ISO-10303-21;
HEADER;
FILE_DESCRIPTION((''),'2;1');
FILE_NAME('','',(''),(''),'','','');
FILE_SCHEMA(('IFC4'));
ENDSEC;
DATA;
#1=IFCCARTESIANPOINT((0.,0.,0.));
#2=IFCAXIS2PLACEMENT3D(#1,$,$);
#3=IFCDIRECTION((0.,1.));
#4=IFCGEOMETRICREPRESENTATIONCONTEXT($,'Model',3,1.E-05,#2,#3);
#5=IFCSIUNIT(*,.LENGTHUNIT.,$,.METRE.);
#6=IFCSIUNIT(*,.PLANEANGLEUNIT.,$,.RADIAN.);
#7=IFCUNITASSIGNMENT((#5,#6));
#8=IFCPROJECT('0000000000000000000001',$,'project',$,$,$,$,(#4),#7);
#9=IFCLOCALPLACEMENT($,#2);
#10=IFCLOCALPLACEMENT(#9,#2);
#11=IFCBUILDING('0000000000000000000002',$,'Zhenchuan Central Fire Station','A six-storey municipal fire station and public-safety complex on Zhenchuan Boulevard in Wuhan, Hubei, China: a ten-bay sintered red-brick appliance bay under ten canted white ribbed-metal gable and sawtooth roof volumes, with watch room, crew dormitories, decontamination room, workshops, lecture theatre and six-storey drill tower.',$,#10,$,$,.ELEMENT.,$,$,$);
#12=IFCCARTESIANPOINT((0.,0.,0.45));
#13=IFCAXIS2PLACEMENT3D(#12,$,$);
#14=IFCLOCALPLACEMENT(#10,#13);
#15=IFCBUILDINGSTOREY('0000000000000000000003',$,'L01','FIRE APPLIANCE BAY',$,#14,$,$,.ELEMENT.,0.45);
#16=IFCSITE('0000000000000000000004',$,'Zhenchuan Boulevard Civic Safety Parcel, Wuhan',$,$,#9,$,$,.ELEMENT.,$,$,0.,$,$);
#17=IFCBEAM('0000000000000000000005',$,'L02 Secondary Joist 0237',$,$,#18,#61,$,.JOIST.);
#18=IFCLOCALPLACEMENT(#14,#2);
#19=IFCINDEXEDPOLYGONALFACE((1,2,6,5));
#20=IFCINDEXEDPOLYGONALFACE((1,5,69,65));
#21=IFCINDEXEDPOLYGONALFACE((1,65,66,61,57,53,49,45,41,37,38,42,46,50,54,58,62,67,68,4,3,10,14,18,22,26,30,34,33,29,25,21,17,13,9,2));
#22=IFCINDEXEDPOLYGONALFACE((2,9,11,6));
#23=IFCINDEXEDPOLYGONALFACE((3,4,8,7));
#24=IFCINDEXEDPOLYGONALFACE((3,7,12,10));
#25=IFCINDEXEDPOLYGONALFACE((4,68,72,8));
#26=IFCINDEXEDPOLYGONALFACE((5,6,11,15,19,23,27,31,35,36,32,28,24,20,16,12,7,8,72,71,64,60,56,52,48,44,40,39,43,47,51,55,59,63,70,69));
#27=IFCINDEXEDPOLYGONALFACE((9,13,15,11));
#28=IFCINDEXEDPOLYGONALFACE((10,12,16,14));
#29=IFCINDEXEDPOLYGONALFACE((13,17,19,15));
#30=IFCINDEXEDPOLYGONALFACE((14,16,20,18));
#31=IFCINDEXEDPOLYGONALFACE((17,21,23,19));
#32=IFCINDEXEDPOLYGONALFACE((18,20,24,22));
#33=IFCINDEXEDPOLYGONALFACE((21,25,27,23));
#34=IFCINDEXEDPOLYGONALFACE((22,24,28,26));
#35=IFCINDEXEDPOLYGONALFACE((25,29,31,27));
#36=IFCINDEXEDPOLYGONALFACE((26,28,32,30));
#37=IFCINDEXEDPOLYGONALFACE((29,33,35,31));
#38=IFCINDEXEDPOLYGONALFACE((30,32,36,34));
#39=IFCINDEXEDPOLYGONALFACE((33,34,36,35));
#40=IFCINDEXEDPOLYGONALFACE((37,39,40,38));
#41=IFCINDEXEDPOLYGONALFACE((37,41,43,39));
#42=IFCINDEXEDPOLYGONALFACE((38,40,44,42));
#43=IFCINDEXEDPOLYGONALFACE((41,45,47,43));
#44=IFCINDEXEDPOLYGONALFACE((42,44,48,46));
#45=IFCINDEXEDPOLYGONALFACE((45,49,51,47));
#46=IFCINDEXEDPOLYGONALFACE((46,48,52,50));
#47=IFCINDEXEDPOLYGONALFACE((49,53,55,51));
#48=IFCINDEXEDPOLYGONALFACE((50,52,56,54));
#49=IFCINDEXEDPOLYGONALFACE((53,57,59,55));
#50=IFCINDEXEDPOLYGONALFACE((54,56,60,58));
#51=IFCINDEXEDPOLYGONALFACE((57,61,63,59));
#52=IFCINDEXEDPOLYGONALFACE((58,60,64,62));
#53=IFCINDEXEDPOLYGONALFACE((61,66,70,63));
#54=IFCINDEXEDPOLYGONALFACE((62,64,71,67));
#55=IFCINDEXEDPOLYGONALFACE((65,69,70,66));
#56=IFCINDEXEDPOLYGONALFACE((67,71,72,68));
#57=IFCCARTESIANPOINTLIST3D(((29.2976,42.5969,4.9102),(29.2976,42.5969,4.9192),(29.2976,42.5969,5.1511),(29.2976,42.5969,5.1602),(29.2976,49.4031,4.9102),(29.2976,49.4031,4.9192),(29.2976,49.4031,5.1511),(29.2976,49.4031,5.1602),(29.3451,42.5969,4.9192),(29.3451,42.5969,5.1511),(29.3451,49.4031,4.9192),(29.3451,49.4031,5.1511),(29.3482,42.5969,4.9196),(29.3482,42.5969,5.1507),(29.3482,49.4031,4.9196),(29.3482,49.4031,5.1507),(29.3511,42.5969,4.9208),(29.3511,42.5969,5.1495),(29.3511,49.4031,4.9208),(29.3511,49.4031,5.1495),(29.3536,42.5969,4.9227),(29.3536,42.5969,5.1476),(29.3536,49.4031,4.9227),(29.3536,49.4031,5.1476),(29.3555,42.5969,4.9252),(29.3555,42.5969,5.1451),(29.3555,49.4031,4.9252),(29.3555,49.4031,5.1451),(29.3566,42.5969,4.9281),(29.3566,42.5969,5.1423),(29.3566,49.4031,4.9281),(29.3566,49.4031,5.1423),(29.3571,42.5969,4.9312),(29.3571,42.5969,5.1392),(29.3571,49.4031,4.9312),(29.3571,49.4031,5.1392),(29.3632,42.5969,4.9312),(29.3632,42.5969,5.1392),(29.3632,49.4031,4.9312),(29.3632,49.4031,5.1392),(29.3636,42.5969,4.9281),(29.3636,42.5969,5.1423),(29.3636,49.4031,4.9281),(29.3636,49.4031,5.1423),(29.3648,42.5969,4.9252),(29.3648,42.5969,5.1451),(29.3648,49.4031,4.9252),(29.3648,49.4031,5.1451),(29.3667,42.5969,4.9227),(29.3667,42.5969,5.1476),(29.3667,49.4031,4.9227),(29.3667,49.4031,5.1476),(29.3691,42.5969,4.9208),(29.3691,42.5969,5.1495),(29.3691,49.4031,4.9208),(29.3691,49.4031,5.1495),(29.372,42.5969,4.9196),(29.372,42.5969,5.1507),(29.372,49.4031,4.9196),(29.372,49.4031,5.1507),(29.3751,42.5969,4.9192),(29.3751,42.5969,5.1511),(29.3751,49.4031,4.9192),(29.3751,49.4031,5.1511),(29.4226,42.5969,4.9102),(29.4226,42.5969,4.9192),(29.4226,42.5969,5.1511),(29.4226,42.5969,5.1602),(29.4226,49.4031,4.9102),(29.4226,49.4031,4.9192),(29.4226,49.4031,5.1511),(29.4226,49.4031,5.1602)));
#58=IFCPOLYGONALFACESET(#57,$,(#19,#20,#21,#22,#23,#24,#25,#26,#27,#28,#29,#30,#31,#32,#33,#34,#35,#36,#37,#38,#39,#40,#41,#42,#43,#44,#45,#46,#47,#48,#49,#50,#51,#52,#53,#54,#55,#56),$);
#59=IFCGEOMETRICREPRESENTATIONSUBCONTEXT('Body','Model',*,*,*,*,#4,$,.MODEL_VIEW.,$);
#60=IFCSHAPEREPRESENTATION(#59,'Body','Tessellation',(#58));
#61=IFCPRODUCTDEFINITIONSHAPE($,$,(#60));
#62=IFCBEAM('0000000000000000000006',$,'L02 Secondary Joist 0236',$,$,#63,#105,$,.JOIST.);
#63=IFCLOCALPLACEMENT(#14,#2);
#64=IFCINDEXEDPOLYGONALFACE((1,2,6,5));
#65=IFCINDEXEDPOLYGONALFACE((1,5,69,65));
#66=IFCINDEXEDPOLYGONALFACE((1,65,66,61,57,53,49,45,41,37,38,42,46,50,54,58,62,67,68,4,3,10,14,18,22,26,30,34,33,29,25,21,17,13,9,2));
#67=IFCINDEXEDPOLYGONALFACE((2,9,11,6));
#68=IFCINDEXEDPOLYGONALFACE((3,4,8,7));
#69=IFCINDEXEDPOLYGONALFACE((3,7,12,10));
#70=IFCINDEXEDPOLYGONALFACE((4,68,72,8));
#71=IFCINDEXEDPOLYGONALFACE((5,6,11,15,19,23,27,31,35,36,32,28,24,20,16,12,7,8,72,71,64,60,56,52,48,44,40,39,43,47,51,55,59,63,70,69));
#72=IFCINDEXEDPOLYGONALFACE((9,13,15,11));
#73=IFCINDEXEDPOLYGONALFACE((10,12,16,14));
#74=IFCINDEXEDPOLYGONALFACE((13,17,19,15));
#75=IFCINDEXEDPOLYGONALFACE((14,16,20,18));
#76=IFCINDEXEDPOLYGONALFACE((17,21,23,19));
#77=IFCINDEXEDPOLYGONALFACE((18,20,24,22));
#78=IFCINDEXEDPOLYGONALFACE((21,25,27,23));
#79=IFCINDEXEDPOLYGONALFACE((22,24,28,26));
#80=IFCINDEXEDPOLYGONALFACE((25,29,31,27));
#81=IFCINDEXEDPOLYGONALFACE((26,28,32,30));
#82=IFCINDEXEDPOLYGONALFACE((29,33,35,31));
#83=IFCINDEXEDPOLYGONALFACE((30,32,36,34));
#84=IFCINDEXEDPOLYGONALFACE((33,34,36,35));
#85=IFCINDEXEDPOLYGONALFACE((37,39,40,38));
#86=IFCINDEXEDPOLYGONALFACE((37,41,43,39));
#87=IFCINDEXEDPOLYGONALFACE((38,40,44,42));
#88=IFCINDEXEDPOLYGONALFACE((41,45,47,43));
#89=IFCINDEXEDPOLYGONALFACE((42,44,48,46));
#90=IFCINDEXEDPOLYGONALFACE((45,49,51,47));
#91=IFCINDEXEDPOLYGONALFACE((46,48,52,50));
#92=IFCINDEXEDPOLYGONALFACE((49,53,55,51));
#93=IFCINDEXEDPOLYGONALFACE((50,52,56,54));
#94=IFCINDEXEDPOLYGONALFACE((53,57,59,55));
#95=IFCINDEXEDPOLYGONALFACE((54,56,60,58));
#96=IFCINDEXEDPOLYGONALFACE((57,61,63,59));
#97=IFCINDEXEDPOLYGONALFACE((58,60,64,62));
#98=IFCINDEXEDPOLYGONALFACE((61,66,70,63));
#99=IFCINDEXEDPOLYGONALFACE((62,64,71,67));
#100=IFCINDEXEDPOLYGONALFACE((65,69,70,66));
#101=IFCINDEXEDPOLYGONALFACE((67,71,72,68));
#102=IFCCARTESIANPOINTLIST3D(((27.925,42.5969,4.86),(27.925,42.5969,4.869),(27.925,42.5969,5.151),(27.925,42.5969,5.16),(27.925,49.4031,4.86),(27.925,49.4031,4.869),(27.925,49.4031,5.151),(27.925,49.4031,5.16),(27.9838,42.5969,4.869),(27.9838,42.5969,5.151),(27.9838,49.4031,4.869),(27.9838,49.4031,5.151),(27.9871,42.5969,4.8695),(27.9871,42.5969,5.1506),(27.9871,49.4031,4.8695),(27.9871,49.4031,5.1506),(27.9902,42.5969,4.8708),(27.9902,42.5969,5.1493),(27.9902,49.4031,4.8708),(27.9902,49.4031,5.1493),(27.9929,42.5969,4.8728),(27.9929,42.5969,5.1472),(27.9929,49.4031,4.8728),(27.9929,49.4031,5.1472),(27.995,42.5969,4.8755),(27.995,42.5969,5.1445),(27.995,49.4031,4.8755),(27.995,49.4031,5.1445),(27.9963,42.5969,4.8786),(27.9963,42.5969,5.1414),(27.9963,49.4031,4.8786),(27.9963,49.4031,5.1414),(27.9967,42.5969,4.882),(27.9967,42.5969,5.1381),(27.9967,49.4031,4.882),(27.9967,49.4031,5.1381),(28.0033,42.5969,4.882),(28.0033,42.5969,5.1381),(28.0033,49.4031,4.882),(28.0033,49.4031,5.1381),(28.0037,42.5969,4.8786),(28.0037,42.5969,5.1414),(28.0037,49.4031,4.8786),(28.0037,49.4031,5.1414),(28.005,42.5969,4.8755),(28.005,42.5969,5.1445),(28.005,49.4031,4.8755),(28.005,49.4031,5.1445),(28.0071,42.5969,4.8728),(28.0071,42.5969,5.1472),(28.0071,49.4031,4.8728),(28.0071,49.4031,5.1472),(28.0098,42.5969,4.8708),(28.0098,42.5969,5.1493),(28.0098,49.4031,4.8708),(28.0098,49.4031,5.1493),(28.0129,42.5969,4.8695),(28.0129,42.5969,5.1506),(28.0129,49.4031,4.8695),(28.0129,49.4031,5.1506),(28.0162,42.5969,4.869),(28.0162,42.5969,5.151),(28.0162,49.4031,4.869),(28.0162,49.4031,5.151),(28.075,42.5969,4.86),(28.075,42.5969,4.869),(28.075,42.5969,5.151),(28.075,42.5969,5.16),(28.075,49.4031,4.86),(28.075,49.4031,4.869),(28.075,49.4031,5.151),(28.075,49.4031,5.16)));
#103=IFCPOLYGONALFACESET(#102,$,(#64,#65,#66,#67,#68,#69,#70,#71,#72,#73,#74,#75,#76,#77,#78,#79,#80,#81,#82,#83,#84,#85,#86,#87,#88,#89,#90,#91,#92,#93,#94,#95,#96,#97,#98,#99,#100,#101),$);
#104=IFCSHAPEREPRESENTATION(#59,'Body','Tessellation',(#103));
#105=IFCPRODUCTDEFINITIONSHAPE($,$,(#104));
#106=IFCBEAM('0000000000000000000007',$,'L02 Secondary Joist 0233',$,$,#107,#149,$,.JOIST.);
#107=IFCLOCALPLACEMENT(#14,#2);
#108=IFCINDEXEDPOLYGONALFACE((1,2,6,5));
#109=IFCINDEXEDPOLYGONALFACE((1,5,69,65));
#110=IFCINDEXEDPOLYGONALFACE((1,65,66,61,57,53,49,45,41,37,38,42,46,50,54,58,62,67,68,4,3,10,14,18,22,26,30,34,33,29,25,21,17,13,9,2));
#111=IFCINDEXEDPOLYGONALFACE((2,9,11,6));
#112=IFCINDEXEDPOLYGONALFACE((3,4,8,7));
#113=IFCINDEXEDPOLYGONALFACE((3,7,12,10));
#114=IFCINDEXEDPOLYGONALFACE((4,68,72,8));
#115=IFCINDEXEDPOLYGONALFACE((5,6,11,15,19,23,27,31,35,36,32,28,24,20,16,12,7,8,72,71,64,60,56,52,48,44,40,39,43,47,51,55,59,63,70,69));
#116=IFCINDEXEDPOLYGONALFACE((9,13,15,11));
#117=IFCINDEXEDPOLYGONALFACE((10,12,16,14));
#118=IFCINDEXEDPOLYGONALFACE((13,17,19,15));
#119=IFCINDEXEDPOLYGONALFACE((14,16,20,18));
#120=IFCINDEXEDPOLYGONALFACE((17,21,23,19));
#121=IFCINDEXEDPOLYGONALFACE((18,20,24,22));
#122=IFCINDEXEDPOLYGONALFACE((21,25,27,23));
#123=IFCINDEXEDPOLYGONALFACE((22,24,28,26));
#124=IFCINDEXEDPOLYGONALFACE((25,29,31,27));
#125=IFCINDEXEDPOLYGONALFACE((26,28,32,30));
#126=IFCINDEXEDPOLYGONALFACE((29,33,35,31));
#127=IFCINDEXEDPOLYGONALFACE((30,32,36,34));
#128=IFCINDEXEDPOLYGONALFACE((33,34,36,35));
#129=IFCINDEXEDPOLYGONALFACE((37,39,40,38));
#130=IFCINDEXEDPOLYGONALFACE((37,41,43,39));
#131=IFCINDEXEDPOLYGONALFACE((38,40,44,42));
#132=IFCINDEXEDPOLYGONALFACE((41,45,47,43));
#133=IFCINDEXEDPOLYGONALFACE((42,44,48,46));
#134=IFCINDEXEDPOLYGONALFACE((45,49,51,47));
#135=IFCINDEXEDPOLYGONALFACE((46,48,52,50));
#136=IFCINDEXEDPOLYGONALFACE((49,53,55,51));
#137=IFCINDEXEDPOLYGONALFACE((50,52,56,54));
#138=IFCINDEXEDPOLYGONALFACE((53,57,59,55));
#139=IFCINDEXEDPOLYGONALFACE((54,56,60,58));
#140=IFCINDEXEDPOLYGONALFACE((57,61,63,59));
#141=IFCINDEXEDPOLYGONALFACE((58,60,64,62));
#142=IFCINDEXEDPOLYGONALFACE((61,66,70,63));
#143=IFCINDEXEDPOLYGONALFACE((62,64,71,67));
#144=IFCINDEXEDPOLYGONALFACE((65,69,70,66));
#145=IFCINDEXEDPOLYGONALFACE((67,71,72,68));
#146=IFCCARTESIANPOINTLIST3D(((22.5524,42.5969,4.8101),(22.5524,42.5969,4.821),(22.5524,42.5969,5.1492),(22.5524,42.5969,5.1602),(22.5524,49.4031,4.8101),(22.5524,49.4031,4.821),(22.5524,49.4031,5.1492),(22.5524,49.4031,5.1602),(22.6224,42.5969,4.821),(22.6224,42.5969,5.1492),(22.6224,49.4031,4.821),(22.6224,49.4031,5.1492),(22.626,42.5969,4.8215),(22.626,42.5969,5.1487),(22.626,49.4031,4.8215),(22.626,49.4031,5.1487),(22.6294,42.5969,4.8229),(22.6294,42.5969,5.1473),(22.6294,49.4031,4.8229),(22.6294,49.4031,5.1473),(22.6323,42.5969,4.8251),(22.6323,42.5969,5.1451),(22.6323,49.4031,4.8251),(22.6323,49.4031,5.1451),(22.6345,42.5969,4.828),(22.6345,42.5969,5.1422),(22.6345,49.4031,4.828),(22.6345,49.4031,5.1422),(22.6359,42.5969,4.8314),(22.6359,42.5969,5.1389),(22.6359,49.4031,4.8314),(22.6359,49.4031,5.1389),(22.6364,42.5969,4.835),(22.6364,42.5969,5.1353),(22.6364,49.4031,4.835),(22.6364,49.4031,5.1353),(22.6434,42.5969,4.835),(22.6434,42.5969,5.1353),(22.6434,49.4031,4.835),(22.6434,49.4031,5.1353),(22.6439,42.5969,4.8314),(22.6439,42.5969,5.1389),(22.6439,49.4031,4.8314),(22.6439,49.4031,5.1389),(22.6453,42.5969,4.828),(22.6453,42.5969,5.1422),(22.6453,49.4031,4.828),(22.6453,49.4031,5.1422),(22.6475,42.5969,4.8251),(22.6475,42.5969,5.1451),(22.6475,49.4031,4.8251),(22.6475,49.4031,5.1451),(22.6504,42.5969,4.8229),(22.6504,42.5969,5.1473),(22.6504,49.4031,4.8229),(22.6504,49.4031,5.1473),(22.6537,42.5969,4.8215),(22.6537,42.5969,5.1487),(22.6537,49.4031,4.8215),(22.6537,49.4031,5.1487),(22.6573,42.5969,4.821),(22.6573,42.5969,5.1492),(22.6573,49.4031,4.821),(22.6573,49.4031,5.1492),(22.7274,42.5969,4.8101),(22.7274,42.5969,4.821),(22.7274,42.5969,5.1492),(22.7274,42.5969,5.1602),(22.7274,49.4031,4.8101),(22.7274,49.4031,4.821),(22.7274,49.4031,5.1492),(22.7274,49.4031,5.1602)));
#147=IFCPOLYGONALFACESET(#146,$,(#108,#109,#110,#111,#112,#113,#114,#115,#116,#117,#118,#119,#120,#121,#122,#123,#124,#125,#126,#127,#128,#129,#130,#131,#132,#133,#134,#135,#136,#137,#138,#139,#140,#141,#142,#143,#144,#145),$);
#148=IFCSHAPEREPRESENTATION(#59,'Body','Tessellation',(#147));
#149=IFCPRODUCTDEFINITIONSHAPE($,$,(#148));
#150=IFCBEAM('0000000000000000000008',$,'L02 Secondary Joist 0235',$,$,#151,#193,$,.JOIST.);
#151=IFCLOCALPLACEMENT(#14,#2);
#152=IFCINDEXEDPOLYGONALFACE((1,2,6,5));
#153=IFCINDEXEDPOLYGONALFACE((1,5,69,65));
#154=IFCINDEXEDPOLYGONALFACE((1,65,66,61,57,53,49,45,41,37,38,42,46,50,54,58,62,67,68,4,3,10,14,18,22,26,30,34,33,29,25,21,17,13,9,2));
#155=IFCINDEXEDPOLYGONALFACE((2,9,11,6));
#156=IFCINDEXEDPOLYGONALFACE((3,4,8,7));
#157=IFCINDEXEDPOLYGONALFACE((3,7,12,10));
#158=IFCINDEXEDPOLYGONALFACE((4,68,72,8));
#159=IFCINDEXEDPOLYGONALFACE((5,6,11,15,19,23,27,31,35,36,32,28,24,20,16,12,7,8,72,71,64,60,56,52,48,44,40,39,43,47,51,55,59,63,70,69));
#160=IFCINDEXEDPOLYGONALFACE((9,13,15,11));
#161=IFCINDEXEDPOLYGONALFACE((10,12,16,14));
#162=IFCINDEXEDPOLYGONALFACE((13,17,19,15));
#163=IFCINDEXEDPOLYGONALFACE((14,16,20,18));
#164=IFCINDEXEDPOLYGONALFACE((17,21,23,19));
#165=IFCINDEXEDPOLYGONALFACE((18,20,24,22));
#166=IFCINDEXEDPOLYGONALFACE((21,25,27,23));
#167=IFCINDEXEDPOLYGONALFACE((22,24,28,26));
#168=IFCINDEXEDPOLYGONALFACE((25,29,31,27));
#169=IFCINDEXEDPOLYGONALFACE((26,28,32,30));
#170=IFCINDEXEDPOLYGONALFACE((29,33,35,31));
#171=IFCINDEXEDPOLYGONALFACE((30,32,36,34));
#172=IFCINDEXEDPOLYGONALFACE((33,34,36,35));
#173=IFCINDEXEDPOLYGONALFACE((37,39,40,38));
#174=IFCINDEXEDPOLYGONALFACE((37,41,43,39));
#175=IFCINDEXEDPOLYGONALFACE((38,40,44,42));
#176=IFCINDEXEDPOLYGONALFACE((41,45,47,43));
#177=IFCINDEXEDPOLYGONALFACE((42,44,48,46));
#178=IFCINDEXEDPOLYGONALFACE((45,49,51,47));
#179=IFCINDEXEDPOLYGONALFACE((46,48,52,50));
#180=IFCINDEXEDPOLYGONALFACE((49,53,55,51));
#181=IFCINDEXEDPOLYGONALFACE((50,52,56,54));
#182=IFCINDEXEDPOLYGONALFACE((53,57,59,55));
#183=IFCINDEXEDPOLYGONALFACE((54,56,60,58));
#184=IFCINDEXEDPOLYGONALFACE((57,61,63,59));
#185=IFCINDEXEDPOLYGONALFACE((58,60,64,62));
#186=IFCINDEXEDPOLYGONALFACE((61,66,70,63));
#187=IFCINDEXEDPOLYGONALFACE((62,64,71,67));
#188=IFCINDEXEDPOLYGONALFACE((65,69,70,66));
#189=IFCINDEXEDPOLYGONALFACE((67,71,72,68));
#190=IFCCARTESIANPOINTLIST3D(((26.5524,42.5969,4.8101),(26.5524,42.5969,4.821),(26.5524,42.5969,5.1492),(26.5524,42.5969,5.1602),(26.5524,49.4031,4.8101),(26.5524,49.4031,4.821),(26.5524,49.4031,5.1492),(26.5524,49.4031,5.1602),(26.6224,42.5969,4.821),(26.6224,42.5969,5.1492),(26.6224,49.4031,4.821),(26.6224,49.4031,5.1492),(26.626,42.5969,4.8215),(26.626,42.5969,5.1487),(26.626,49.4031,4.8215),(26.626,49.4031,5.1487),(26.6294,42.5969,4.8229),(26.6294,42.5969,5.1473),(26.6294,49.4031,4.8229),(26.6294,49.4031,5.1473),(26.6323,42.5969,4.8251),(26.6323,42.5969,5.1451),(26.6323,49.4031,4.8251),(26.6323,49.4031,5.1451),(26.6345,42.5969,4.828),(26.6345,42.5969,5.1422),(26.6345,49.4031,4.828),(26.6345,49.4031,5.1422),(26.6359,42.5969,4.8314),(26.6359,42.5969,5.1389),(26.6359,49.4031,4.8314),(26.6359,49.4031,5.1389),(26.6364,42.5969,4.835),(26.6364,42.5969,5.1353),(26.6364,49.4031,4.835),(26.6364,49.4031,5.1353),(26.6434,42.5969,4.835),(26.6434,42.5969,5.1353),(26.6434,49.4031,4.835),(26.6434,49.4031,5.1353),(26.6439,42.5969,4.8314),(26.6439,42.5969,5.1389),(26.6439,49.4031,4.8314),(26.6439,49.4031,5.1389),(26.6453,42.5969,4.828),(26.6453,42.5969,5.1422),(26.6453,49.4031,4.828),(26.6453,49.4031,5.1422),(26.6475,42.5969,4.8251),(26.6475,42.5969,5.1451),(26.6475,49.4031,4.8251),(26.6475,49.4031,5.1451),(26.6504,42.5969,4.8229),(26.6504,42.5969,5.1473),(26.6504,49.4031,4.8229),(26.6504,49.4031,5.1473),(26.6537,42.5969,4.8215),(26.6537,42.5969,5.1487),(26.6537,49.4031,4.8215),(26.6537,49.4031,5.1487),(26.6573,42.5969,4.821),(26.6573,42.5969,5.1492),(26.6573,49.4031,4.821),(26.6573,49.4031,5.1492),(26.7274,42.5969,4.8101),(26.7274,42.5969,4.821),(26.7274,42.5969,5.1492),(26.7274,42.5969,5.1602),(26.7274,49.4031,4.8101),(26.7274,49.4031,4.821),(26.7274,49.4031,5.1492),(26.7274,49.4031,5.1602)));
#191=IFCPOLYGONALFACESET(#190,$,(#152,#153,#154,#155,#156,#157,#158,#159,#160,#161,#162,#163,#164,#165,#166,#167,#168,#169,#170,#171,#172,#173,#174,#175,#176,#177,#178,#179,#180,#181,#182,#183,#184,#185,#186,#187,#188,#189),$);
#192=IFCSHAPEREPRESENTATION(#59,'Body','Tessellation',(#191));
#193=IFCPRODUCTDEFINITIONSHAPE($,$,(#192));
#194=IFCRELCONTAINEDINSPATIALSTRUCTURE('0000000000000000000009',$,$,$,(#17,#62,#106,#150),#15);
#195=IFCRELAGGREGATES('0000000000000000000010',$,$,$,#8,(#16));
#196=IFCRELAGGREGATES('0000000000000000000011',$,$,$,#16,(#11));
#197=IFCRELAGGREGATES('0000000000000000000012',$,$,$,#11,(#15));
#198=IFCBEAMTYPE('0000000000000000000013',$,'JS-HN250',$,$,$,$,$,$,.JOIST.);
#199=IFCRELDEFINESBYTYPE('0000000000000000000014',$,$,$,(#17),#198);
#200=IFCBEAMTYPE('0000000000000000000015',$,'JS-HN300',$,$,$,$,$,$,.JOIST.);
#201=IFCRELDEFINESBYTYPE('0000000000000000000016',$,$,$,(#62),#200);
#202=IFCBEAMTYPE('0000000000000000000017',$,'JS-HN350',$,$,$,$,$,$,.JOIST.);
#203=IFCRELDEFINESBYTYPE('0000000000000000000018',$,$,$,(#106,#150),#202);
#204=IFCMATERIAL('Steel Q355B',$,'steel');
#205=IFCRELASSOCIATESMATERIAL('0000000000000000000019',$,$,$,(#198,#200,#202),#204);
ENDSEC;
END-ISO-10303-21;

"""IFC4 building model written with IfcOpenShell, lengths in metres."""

from ifc_helpers import new_model, si_unit, direction, frame, origin, origin_2d, place, context, subcontext, project, spatial, i_section, extrude, material, material_profile, profile_set, type_object, element, save


model = new_model("IFC4")

# Units and contexts
model_context = context("Model", 3, precision=1e-05, world=origin(), true_north=direction((0.0, 1.0)))
body_context = subcontext(model_context, "Body", "Model", "MODEL_VIEW")
ifc_project = project(units=[si_unit("LENGTHUNIT", "METRE"), si_unit("PLANEANGLEUNIT", "RADIAN")], contexts=[model_context])

# Site, building, storey
site_placement = place(None, origin())
site = spatial("IfcSite", under=ifc_project, at=site_placement, Name="Zhenchuan Boulevard Civic Safety Parcel, Wuhan", CompositionType="ELEMENT", RefElevation=0.0)
building_placement = place(site_placement, origin())
building = spatial("IfcBuilding", under=site, at=building_placement, Name="Zhenchuan Central Fire Station", Description="A six-storey municipal fire station and public-safety complex on Zhenchuan Boulevard in Wuhan, Hubei, China: a ten-bay sintered red-brick appliance bay under ten canted white ribbed-metal gable and sawtooth roof volumes, with watch room, crew dormitories, decontamination room, workshops, lecture theatre and six-storey drill tower.", CompositionType="ELEMENT")
storey_placement = place(building_placement, frame((0.0, 0.0, 0.45)))
storey = spatial("IfcBuildingStorey", under=building, at=storey_placement, Name="L01", Description="FIRE APPLIANCE BAY", CompositionType="ELEMENT", Elevation=0.45)

# Shared definitions
ifc_material_1 = material(Name="Steel Q355B", Category="steel")

# Beams
ifc_material_profile_1 = material_profile(ifc_material_1, i_section(OverallWidth=0.125, OverallDepth=0.25, WebThickness=0.0061, FlangeThickness=0.009, FilletRadius=0.012, at=origin_2d()), Name="HN 250x125")
ifc_profile_set_1 = profile_set([ifc_material_profile_1], Name="Steel Q355B")
beam_type_1 = type_object("IfcBeamType", Name="JS-HN250", PredefinedType="JOIST", material=ifc_profile_set_1)
beam_1_placement = place(storey_placement, frame((29.3601, 42.5969, 5.0352), z_axis=(0.0, 1.0, 0.0), x_axis=(-1.0, 0.0, 0.0)))
element("IfcBeam", 1, at=beam_1_placement, inside=storey, type_object=beam_type_1, Name="L02 Secondary Joist 0237", PredefinedType="JOIST", context=body_context, shape_type="SweptSolid", body=[
    extrude(i_section(OverallWidth=0.125, OverallDepth=0.25, WebThickness=0.0061, FlangeThickness=0.009, FilletRadius=0.012, at=origin_2d()), origin(), (0.0, 0.0, 1.0), 6.8062),
])
ifc_material_profile_2 = material_profile(ifc_material_1, i_section(OverallWidth=0.1499, OverallDepth=0.3, WebThickness=0.0066, FlangeThickness=0.009, FilletRadius=0.0129, at=origin_2d()), Name="HN 300x150")
ifc_profile_set_2 = profile_set([ifc_material_profile_2], Name="Steel Q355B")
beam_type_2 = type_object("IfcBeamType", Name="JS-HN300", PredefinedType="JOIST", material=ifc_profile_set_2)
beam_2_placement = place(storey_placement, frame((28.0, 42.5969, 5.01), z_axis=(0.0, 1.0, 0.0), x_axis=(-1.0, 0.0, 0.0)))
element("IfcBeam", 2, at=beam_2_placement, inside=storey, type_object=beam_type_2, Name="L02 Secondary Joist 0236", PredefinedType="JOIST", context=body_context, shape_type="SweptSolid", body=[
    extrude(i_section(OverallWidth=0.1499, OverallDepth=0.3, WebThickness=0.0066, FlangeThickness=0.009, FilletRadius=0.0129, at=origin_2d()), origin(), (0.0, 0.0, 1.0), 6.8062),
])
ifc_material_profile_3 = material_profile(ifc_material_1, i_section(OverallWidth=0.175, OverallDepth=0.3501, WebThickness=0.0071, FlangeThickness=0.011, FilletRadius=0.0139, at=origin_2d()), Name="HN 350x175")
ifc_profile_set_3 = profile_set([ifc_material_profile_3], Name="Steel Q355B")
beam_type_3 = type_object("IfcBeamType", Name="JS-HN350", PredefinedType="JOIST", material=ifc_profile_set_3)
for number, where, z_axis, x_axis, name in (
    (3, (22.6399, 42.5969, 4.9851), (0.0, 1.0, 0.0), (-1.0, 0.0, 0.0), "L02 Secondary Joist 0233"),
    (4, (26.6399, 42.5969, 4.9851), (0.0, 1.0, 0.0), (-1.0, 0.0, 0.0), "L02 Secondary Joist 0235"),
):
    element("IfcBeam", number, at=place(storey_placement, frame(where, z_axis=z_axis, x_axis=x_axis)), inside=storey, type_object=beam_type_3, Name=name, PredefinedType="JOIST", context=body_context, shape_type="SweptSolid", body=[
        extrude(i_section(OverallWidth=0.175, OverallDepth=0.3501, WebThickness=0.0071, FlangeThickness=0.011, FilletRadius=0.0139, at=origin_2d()), origin(), (0.0, 0.0, 1.0), 6.8062),
    ])

save(model, "model.ifc")
